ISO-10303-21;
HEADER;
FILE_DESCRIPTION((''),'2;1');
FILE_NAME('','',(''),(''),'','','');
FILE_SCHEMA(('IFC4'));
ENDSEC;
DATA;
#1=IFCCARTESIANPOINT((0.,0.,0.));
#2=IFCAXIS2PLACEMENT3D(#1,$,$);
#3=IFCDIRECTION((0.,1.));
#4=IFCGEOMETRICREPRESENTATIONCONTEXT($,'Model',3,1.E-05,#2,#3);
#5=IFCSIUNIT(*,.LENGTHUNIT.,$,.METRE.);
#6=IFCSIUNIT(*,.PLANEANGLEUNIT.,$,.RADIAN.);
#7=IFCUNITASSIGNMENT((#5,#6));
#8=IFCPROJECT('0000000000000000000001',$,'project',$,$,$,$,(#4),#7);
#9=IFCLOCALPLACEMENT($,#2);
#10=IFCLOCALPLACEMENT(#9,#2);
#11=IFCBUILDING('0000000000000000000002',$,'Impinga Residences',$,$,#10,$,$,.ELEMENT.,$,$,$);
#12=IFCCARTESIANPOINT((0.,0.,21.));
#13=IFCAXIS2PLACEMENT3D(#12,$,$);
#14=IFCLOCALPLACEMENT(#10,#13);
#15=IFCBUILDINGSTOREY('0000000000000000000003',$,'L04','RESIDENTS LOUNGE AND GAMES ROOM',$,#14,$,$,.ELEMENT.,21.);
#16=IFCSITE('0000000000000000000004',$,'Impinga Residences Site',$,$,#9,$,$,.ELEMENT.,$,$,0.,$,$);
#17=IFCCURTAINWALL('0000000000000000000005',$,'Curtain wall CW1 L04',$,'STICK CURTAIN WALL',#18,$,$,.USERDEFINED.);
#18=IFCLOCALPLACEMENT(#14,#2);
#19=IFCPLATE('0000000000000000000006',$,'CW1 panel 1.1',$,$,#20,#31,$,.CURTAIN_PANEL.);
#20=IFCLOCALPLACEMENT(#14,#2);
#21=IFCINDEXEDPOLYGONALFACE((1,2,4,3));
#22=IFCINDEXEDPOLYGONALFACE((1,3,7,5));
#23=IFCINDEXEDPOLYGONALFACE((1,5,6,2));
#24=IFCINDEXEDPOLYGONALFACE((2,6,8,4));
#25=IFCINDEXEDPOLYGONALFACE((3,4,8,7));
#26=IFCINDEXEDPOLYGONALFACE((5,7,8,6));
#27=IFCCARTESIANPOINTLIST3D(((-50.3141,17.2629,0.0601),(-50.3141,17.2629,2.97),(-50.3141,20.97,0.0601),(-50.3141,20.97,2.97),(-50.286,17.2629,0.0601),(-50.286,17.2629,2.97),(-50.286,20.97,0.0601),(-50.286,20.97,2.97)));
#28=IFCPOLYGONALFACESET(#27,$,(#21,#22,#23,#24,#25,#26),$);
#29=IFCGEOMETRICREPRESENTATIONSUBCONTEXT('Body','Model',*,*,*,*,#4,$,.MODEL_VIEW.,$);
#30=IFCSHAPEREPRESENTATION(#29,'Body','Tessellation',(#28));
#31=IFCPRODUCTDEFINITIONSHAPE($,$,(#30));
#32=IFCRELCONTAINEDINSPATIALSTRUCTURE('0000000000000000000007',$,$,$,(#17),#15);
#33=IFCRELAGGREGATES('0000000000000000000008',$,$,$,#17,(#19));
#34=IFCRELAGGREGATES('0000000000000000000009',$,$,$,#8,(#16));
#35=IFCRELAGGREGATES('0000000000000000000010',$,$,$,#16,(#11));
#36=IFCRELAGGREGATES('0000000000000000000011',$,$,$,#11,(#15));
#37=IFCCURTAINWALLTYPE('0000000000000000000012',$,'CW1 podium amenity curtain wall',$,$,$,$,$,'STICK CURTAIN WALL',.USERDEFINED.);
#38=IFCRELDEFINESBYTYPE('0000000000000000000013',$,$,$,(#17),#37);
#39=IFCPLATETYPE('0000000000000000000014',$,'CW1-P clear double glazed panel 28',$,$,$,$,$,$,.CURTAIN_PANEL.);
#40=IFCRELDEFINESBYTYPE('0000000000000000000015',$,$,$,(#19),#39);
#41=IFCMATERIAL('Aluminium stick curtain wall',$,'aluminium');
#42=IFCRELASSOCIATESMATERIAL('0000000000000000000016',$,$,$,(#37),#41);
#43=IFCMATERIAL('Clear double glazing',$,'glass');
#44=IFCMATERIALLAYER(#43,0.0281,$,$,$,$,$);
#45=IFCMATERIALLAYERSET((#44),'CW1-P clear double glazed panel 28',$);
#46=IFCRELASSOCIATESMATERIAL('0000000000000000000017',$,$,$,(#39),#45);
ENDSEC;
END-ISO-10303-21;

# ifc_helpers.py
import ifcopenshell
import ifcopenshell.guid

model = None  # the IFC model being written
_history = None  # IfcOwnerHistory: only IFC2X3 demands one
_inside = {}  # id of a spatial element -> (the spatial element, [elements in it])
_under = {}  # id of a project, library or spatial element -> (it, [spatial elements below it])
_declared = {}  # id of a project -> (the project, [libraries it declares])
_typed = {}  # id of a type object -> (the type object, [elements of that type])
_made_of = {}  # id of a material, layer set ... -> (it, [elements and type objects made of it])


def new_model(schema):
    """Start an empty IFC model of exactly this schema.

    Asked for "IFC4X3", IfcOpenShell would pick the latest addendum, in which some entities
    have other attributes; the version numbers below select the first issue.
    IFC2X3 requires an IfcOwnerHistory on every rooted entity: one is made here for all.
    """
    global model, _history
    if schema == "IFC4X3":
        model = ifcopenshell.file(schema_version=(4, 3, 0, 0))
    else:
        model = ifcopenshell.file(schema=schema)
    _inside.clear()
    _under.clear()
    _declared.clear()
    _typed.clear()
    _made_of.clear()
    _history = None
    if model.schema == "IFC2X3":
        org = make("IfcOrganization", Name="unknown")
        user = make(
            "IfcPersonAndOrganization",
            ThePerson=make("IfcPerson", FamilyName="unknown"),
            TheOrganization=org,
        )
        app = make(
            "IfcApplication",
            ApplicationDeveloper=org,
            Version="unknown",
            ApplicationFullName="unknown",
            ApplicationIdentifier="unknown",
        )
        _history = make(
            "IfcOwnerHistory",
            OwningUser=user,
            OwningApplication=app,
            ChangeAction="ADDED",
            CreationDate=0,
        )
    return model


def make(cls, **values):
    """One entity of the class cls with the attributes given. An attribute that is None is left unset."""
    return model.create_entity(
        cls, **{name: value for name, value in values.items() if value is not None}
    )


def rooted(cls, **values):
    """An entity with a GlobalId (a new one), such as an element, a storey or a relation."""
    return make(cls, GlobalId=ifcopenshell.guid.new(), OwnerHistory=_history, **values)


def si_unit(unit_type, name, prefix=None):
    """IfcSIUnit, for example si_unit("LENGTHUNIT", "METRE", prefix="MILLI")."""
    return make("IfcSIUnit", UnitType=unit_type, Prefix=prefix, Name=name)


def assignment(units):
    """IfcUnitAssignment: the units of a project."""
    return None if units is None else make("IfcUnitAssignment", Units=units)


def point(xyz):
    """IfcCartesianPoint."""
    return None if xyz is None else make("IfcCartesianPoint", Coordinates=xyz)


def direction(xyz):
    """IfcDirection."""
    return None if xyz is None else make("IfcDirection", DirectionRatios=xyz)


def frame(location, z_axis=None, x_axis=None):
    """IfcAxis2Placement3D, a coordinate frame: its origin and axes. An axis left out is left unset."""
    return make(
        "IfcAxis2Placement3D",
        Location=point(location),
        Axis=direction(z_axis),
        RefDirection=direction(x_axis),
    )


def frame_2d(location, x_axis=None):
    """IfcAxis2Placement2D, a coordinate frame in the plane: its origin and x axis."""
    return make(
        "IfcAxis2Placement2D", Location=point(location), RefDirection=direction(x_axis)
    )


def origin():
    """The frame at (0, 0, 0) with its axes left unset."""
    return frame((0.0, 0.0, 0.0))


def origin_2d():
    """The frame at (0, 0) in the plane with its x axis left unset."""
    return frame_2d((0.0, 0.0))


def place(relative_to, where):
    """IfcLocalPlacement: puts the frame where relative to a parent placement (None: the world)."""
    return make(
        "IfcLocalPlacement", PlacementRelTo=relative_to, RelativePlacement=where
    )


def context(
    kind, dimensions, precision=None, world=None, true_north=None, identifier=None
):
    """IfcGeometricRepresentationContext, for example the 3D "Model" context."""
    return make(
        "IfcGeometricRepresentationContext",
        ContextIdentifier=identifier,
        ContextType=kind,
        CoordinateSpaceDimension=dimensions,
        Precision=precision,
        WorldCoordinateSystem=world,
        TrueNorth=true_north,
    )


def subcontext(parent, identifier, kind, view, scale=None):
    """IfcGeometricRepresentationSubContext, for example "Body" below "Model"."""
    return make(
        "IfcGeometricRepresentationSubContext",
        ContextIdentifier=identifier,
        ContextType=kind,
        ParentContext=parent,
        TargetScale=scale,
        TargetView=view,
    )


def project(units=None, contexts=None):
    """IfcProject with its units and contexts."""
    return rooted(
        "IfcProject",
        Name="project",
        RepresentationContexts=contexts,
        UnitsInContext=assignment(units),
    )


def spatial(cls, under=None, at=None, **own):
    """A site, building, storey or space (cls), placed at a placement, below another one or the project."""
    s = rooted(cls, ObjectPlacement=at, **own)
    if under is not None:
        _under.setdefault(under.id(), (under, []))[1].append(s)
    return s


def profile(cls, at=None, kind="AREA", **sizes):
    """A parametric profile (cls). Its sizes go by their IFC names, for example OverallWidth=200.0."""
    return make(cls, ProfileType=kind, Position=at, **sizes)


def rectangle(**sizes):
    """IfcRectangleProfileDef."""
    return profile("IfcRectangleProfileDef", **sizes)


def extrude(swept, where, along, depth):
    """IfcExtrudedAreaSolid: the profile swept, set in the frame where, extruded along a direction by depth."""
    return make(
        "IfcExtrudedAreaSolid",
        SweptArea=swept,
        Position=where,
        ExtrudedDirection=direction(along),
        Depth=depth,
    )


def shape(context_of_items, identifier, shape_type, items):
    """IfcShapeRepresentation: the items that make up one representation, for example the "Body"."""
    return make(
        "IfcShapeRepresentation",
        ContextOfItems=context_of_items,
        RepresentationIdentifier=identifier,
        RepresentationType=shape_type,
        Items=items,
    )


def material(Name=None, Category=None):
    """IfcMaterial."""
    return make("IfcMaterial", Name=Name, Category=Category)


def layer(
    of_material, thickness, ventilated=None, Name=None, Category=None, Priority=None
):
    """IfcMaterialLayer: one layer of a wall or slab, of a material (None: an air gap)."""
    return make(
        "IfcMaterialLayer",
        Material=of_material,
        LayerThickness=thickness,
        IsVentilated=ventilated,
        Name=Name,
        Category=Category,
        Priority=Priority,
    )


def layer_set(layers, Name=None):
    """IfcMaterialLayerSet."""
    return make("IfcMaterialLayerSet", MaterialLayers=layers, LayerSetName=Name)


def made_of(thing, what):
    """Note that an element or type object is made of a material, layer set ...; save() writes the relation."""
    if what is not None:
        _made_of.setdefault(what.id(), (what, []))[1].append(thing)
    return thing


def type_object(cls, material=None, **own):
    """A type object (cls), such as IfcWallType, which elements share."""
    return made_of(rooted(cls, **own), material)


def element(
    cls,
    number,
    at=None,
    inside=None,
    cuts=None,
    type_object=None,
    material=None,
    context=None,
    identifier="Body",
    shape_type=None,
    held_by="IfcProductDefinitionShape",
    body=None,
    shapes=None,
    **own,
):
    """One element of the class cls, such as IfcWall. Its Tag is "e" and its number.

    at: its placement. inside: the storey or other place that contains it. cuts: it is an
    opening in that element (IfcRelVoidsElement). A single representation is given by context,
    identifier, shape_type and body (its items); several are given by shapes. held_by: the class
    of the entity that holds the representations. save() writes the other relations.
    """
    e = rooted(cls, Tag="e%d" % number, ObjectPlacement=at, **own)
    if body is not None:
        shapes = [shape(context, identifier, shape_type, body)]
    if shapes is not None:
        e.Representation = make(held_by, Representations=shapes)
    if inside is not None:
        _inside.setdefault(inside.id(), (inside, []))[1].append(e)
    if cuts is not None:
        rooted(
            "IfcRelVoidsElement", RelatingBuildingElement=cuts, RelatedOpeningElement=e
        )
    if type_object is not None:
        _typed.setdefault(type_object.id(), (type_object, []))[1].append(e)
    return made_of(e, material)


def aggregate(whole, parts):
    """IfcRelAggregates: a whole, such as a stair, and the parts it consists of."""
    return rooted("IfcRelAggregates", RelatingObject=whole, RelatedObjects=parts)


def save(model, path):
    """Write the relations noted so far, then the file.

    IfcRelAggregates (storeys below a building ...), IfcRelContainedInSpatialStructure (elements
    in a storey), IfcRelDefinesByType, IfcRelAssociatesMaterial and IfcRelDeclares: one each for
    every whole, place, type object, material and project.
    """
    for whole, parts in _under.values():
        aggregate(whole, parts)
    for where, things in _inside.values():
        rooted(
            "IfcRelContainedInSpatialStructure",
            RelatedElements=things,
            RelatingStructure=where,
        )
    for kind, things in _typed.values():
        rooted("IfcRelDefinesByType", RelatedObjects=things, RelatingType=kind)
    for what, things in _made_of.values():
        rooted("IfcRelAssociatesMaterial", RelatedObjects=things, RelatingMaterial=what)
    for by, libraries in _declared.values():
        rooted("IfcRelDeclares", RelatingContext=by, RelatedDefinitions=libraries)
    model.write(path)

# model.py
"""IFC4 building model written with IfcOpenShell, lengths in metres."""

from ifc_helpers import new_model, si_unit, direction, frame, origin, origin_2d, place, context, subcontext, project, spatial, rectangle, extrude, material, layer, layer_set, type_object, element, aggregate, save


model = new_model("IFC4")

# Units and contexts
model_context = context("Model", 3, precision=1e-05, world=origin(), true_north=direction((0.0, 1.0)))
body_context = subcontext(model_context, "Body", "Model", "MODEL_VIEW")
ifc_project = project(units=[si_unit("LENGTHUNIT", "METRE"), si_unit("PLANEANGLEUNIT", "RADIAN")], contexts=[model_context])

# Site, building, storey
site_placement = place(None, origin())
site = spatial("IfcSite", under=ifc_project, at=site_placement, Name="Impinga Residences Site", CompositionType="ELEMENT", RefElevation=0.0)
building_placement = place(site_placement, origin())
building = spatial("IfcBuilding", under=site, at=building_placement, Name="Impinga Residences", CompositionType="ELEMENT")
storey_placement = place(building_placement, frame((0.0, 0.0, 21.0)))
storey = spatial("IfcBuildingStorey", under=building, at=storey_placement, Name="L04", Description="RESIDENTS LOUNGE AND GAMES ROOM", CompositionType="ELEMENT", Elevation=21.0)

# Shared definitions
ifc_material_1 = material(Name="Aluminium stick curtain wall", Category="aluminium")
curtain_wall_type = type_object("IfcCurtainWallType", Name="CW1 podium amenity curtain wall", ElementType="STICK CURTAIN WALL", PredefinedType="USERDEFINED", material=ifc_material_1)

# Curtain wall
curtain_wall_1_placement = place(storey_placement, origin())
curtain_wall_1 = element("IfcCurtainWall", 1, at=curtain_wall_1_placement, inside=storey, type_object=curtain_wall_type, Name="Curtain wall CW1 L04", ObjectType="STICK CURTAIN WALL", PredefinedType="USERDEFINED")

# Plate
ifc_material_2 = material(Name="Clear double glazing", Category="glass")
ifc_layer = layer(ifc_material_2, 0.0281)
ifc_layer_set = layer_set([ifc_layer], Name="CW1-P clear double glazed panel 28")
plate_type = type_object("IfcPlateType", Name="CW1-P clear double glazed panel 28", PredefinedType="CURTAIN_PANEL", material=ifc_layer_set)
plate_1_placement = place(storey_placement, frame((-50.3, 19.1165, 0.0601), z_axis=(0.0, 0.0, 1.0), x_axis=(0.0, 1.0, 0.0)))
plate_1 = element("IfcPlate", 2, at=plate_1_placement, type_object=plate_type, Name="CW1 panel 1.1", PredefinedType="CURTAIN_PANEL", context=body_context, shape_type="SweptSolid", body=[
    extrude(rectangle(XDim=3.707, YDim=0.0281, at=origin_2d()), origin(), (0.0, 0.0, 1.0), 2.9099),
])
aggregate(curtain_wall_1, [plate_1])

save(model, "model.ifc")
